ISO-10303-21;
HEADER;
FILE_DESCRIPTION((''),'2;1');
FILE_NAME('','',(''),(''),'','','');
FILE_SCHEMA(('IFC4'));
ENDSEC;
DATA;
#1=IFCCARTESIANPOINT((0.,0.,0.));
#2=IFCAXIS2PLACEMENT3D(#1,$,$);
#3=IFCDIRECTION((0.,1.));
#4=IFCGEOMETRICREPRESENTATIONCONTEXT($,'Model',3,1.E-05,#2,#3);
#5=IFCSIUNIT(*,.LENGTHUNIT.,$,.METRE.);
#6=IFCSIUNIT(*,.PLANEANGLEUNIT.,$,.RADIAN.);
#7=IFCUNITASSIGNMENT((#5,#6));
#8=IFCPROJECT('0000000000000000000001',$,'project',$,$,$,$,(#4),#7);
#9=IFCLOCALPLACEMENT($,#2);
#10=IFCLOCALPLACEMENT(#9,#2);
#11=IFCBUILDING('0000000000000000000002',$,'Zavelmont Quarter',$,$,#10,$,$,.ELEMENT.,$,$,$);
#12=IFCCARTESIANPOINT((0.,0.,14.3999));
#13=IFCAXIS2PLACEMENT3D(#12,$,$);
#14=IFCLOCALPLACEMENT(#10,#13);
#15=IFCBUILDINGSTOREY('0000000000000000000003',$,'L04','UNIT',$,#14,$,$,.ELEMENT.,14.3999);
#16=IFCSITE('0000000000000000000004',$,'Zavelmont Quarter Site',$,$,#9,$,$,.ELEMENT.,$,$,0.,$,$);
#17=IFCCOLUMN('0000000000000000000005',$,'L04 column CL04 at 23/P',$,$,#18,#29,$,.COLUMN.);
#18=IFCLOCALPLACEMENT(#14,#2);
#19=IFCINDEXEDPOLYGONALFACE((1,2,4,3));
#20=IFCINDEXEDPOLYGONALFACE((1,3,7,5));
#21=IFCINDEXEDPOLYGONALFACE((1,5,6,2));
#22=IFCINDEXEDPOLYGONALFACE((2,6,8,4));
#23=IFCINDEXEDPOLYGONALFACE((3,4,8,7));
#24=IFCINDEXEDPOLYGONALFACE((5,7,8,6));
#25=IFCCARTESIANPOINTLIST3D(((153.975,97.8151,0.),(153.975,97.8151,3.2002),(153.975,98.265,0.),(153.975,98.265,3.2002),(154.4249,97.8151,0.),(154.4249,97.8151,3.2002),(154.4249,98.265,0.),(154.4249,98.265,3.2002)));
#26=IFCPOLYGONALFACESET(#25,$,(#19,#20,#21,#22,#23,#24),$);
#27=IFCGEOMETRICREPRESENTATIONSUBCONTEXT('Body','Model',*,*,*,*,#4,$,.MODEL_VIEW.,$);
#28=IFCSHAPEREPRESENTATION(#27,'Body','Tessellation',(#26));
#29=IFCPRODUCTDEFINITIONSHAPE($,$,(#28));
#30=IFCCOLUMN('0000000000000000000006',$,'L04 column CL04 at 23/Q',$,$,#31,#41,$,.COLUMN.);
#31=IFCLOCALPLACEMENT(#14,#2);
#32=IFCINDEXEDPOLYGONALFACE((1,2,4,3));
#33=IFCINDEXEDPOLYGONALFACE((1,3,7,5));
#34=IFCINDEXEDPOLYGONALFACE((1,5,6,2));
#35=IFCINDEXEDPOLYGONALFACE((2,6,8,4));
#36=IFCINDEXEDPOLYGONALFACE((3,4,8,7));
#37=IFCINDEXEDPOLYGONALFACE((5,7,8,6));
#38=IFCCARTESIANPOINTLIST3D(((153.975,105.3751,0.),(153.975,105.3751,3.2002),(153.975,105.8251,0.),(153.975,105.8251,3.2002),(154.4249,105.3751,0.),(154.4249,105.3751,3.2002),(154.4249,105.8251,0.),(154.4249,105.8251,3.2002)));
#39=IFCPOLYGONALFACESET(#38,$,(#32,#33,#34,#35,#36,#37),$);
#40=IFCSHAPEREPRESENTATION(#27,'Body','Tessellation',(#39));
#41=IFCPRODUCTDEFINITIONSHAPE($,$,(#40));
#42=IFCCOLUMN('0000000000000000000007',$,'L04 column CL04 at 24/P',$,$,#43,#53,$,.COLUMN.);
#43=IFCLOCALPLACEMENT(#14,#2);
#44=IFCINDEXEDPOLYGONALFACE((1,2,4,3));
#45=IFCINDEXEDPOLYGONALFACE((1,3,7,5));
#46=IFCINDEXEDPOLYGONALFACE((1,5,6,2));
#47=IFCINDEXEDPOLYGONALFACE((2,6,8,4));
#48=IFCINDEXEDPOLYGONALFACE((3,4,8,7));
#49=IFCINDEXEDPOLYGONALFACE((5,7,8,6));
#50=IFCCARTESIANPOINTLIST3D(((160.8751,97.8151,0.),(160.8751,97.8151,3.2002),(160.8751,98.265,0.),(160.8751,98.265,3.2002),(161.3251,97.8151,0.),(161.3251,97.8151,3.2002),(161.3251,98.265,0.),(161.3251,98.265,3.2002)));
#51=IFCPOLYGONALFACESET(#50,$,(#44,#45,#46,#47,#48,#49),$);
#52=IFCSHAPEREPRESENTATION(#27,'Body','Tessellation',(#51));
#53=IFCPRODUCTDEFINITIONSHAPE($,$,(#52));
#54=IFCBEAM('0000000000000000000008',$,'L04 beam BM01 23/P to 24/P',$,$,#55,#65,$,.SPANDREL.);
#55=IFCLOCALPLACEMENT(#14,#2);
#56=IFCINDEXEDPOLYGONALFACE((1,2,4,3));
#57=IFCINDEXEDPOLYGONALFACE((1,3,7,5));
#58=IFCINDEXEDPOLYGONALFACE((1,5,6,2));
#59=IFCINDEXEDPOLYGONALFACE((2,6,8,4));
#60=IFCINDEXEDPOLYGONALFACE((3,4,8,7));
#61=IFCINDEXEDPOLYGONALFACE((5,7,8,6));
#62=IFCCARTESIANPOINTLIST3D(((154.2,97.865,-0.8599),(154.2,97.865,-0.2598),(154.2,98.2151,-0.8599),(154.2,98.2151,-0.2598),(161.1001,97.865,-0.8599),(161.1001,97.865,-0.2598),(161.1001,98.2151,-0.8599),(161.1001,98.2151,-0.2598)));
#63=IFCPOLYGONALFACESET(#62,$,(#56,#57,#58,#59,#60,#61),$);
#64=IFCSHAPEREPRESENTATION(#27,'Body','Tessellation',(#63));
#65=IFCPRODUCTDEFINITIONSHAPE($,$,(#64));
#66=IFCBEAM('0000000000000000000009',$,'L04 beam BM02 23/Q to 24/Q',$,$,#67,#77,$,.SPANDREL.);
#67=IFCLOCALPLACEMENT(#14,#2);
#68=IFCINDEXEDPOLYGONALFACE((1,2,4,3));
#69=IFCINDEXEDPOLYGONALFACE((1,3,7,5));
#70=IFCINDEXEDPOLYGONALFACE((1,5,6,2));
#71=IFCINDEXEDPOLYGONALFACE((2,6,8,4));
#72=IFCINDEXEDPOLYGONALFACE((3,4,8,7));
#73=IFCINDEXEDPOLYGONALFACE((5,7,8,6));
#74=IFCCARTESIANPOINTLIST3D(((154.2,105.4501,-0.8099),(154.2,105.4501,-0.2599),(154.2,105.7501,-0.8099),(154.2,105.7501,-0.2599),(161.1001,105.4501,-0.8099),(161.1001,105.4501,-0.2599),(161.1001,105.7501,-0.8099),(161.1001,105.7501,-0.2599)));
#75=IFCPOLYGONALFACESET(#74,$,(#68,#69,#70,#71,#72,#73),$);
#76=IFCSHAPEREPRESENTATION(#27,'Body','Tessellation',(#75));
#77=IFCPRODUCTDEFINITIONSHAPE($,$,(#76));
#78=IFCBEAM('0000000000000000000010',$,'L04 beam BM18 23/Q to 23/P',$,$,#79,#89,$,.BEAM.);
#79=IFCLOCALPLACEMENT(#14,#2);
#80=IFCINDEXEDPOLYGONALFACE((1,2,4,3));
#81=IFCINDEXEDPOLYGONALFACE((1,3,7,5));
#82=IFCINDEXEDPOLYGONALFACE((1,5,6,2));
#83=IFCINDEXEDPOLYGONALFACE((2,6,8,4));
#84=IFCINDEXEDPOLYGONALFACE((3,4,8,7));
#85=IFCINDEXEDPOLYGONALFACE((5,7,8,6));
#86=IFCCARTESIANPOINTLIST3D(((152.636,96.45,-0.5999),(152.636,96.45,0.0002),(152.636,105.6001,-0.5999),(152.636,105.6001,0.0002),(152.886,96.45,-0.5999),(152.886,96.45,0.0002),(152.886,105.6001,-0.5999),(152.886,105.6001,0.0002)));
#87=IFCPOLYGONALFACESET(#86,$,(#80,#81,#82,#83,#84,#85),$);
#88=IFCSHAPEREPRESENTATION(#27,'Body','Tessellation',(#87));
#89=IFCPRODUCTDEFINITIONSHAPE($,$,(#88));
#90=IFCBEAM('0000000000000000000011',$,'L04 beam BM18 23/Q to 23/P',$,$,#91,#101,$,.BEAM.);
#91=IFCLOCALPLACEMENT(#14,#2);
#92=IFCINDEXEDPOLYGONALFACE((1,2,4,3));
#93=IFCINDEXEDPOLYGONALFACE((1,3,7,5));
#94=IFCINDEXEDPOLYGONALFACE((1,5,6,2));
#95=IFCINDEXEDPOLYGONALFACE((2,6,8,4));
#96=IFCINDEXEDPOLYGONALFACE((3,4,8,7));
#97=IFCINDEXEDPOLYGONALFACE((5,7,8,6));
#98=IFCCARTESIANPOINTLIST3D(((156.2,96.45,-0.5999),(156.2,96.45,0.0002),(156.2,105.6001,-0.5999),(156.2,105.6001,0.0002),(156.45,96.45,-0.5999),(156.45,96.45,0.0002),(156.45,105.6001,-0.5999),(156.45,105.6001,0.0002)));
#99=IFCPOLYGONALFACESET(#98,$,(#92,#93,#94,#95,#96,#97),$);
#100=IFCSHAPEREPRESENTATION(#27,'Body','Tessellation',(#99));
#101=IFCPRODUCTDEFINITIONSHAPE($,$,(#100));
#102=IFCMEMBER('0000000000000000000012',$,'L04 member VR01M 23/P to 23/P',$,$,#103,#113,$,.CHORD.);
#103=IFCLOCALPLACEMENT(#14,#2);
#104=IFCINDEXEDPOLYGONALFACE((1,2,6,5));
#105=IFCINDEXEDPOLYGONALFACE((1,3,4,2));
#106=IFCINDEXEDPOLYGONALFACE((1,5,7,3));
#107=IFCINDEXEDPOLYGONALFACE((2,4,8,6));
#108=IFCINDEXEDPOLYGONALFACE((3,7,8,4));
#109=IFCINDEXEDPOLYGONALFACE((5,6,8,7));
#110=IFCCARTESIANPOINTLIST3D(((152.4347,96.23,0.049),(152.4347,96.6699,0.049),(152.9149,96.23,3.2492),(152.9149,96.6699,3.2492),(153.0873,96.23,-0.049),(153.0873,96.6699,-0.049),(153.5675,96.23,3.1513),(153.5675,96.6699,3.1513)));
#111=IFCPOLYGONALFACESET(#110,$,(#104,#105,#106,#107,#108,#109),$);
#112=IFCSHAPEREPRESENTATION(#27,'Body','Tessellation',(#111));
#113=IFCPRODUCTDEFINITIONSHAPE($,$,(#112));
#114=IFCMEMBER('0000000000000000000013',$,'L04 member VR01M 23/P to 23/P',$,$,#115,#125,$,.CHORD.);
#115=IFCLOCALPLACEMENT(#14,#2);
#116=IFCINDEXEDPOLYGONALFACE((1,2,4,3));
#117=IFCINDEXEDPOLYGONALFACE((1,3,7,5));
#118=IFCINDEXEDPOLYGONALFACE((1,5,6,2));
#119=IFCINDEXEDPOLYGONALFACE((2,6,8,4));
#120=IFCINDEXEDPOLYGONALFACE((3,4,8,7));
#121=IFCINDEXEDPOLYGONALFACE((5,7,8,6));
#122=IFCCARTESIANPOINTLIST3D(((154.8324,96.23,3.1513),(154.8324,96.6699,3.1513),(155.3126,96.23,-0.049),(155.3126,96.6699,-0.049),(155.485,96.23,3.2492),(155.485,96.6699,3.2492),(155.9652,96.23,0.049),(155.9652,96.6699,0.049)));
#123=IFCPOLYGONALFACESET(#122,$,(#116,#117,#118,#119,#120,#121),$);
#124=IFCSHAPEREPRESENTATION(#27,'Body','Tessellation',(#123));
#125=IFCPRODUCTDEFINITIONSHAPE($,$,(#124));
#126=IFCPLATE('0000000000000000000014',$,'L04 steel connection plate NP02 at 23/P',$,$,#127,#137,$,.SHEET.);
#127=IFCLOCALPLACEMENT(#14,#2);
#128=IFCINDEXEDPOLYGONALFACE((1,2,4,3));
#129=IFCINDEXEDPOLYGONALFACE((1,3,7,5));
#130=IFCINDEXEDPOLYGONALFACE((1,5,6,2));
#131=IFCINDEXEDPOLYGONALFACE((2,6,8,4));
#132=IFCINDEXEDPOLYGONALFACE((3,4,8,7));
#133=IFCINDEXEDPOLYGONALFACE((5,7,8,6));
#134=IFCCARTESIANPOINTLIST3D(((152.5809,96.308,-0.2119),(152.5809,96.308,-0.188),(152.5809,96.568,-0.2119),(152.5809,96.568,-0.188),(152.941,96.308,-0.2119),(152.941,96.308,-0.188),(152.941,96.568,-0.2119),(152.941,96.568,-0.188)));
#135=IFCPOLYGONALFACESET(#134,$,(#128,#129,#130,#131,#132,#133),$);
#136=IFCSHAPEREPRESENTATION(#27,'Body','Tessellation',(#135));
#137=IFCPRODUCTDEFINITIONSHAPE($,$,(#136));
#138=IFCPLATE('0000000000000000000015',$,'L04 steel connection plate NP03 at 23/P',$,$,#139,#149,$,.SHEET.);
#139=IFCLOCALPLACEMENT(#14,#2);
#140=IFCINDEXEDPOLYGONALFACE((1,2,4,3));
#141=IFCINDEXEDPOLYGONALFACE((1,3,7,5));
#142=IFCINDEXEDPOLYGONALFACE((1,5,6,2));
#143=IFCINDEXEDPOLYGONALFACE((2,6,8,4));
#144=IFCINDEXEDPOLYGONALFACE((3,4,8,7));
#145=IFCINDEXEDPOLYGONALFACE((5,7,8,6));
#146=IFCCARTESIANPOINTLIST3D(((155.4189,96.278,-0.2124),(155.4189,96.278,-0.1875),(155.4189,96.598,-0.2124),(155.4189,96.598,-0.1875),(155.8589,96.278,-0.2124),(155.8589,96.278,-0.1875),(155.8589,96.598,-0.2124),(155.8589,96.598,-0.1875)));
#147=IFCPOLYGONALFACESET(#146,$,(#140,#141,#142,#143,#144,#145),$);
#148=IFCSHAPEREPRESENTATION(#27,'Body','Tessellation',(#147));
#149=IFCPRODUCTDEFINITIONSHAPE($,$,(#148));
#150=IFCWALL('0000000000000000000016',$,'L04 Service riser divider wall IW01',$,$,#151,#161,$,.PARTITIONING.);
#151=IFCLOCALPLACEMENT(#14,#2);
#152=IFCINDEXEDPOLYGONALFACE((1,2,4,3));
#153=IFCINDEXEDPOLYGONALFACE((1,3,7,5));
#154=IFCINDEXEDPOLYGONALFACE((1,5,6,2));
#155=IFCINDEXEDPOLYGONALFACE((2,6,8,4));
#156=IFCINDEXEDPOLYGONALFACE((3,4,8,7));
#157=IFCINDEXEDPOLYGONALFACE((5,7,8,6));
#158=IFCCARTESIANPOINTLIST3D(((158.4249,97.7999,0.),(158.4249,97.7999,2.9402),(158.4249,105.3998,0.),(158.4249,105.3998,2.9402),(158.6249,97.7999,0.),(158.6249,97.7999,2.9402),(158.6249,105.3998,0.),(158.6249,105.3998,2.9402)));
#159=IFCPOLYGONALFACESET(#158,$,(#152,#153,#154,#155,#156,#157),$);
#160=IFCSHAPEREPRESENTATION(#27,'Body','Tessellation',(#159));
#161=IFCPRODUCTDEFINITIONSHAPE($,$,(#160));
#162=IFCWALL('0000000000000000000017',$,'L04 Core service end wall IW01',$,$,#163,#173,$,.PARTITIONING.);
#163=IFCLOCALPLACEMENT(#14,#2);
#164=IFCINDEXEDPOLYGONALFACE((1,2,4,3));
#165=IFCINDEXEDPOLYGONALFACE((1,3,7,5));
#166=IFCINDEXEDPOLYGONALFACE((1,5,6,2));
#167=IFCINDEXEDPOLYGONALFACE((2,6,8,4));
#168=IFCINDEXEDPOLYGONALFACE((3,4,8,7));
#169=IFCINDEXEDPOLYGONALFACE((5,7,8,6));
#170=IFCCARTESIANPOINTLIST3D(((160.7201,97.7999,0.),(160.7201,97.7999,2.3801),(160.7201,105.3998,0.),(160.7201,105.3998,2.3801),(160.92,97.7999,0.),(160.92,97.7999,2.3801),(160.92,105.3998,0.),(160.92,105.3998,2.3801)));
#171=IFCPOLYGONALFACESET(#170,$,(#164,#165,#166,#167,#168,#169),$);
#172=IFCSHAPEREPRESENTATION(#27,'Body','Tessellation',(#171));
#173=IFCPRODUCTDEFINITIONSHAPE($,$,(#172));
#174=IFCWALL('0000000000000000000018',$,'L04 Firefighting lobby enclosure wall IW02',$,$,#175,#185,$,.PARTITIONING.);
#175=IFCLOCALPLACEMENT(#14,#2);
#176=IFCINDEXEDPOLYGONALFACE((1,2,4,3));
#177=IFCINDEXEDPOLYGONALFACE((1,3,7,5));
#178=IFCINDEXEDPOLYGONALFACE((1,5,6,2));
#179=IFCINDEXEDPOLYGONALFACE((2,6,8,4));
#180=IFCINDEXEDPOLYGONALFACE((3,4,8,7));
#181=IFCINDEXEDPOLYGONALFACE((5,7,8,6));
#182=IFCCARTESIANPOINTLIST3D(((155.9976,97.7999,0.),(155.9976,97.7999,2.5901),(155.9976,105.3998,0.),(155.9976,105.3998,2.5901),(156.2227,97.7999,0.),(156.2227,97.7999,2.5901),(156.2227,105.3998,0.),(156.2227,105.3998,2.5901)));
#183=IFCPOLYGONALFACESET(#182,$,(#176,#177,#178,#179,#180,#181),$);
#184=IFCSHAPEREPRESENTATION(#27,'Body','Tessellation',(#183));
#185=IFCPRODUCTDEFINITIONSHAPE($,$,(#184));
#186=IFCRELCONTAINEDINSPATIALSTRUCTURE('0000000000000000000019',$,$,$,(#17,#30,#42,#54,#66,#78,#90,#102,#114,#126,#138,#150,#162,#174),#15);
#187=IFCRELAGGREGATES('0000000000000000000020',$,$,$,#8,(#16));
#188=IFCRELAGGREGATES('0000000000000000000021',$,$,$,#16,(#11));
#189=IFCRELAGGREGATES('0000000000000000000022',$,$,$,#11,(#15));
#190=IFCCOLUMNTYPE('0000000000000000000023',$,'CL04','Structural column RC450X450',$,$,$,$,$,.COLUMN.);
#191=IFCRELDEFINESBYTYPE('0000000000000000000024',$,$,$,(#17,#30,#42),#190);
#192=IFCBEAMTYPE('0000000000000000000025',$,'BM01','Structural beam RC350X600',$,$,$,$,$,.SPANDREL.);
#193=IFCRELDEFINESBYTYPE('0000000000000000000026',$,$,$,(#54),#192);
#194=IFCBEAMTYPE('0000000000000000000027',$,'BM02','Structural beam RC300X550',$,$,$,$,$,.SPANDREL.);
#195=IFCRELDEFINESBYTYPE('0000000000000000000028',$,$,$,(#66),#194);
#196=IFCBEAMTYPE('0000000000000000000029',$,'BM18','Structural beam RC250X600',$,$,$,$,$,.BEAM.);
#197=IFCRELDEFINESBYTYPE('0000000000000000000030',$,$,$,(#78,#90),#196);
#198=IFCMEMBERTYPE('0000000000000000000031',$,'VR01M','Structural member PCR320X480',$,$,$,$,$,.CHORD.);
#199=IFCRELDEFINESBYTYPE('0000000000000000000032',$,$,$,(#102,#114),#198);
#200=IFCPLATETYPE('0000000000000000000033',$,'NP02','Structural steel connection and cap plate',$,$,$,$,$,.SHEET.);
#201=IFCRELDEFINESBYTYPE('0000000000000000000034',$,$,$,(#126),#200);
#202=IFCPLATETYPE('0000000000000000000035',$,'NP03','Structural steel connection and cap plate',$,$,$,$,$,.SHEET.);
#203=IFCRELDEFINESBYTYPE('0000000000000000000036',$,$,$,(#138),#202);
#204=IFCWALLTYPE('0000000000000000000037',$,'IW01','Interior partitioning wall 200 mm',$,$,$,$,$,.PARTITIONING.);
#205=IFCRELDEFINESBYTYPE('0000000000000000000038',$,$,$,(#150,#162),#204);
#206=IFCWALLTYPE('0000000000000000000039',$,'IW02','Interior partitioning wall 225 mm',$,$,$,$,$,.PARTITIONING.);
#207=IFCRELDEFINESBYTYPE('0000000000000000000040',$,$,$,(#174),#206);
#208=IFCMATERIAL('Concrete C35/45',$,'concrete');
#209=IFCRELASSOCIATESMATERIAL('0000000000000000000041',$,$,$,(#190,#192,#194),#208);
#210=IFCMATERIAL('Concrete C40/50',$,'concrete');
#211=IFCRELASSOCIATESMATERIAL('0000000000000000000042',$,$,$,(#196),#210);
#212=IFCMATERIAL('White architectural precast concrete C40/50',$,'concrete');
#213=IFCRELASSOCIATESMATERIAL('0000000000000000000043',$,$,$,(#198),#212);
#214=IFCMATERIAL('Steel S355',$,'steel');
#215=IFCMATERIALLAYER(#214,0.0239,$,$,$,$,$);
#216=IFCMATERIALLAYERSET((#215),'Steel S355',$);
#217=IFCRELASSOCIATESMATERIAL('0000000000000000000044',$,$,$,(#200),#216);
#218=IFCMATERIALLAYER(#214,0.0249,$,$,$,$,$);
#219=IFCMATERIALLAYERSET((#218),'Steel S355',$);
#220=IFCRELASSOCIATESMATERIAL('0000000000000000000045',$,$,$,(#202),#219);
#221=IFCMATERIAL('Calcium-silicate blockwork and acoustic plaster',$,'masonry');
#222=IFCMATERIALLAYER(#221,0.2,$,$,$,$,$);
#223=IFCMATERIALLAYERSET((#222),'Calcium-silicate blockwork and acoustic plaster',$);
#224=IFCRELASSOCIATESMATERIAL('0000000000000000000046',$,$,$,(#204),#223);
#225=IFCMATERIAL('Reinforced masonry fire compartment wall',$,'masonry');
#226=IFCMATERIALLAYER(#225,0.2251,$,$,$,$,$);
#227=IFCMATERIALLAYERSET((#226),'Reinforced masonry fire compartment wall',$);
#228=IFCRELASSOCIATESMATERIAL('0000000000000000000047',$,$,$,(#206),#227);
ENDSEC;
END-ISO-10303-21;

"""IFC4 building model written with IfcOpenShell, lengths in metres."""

from ifc_helpers import new_model, si_unit, direction, frame, frame_2d, origin, origin_2d, place, context, subcontext, project, spatial, rectangle, extrude, material, layer, layer_set, material_profile, profile_set, type_object, element, save


model = new_model("IFC4")

# Units and contexts
model_context = context("Model", 3, precision=1e-05, world=origin(), true_north=direction((0.0, 1.0)))
body_context = subcontext(model_context, "Body", "Model", "MODEL_VIEW")
ifc_project = project(units=[si_unit("LENGTHUNIT", "METRE"), si_unit("PLANEANGLEUNIT", "RADIAN")], contexts=[model_context])

# Site, building, storey
site_placement = place(None, origin())
site = spatial("IfcSite", under=ifc_project, at=site_placement, Name="Zavelmont Quarter Site", CompositionType="ELEMENT", RefElevation=0.0)
building_placement = place(site_placement, origin())
building = spatial("IfcBuilding", under=site, at=building_placement, Name="Zavelmont Quarter", CompositionType="ELEMENT")
storey_placement = place(building_placement, frame((0.0, 0.0, 14.3999)))
storey = spatial("IfcBuildingStorey", under=building, at=storey_placement, Name="L04", Description="UNIT", CompositionType="ELEMENT", Elevation=14.3999)

# Columns
ifc_material_1 = material(Name="Concrete C35/45", Category="concrete")
ifc_material_profile_1 = material_profile(ifc_material_1, rectangle(XDim=0.45, YDim=0.45, at=origin_2d()), Name="RC450X450")
ifc_profile_set_1 = profile_set([ifc_material_profile_1], Name="Concrete C35/45")
column_type = type_object("IfcColumnType", Name="CL04", Description="Structural column RC450X450", PredefinedType="COLUMN", material=ifc_profile_set_1)
for number, where, z_axis, x_axis, name in (
    (1, (154.2, 98.04, 0.0), (0.0, 0.0, 1.0), (1.0, 0.0, 0.0), "L04 column CL04 at 23/P"),
    (2, (154.2, 105.6001, 0.0), (0.0, 0.0, 1.0), (1.0, 0.0, 0.0), "L04 column CL04 at 23/Q"),
    (3, (161.1001, 98.04, 0.0), (0.0, 0.0, 1.0), (1.0, 0.0, 0.0), "L04 column CL04 at 24/P"),
):
    element("IfcColumn", number, at=place(storey_placement, frame(where, z_axis=z_axis, x_axis=x_axis)), inside=storey, type_object=column_type, Name=name, PredefinedType="COLUMN", context=body_context, shape_type="SweptSolid", body=[
        extrude(rectangle(XDim=0.45, YDim=0.45, at=origin_2d()), origin(), (0.0, 0.0, 1.0), 3.2002),
    ])

# Beams
ifc_material_profile_2 = material_profile(ifc_material_1, rectangle(XDim=0.3501, YDim=0.6001, at=origin_2d()), Name="RC350X600")
ifc_profile_set_2 = profile_set([ifc_material_profile_2], Name="Concrete C35/45")
beam_type_1 = type_object("IfcBeamType", Name="BM01", Description="Structural beam RC350X600", PredefinedType="SPANDREL", material=ifc_profile_set_2)
beam_1_placement = place(storey_placement, frame((154.2, 98.04, -0.5598), z_axis=(1.0, 0.0, 0.0), x_axis=(0.0, 1.0, 0.0)))
element("IfcBeam", 4, at=beam_1_placement, inside=storey, type_object=beam_type_1, Name="L04 beam BM01 23/P to 24/P", PredefinedType="SPANDREL", context=body_context, shape_type="SweptSolid", body=[
    extrude(rectangle(XDim=0.3501, YDim=0.6001, at=origin_2d()), origin(), (0.0, 0.0, 1.0), 6.9001),
])
ifc_material_profile_3 = material_profile(ifc_material_1, rectangle(XDim=0.3, YDim=0.55, at=origin_2d()), Name="RC300X550")
ifc_profile_set_3 = profile_set([ifc_material_profile_3], Name="Concrete C35/45")
beam_type_2 = type_object("IfcBeamType", Name="BM02", Description="Structural beam RC300X550", PredefinedType="SPANDREL", material=ifc_profile_set_3)
beam_2_placement = place(storey_placement, frame((154.2, 105.6001, -0.5349), z_axis=(1.0, 0.0, 0.0), x_axis=(0.0, 1.0, 0.0)))
element("IfcBeam", 5, at=beam_2_placement, inside=storey, type_object=beam_type_2, Name="L04 beam BM02 23/Q to 24/Q", PredefinedType="SPANDREL", context=body_context, shape_type="SweptSolid", body=[
    extrude(rectangle(XDim=0.3, YDim=0.55, at=origin_2d()), origin(), (0.0, 0.0, 1.0), 6.9001),
])
ifc_material_2 = material(Name="Concrete C40/50", Category="concrete")
ifc_material_profile_4 = material_profile(ifc_material_2, rectangle(XDim=0.25, YDim=0.6001, at=origin_2d()), Name="RC250X600")
ifc_profile_set_4 = profile_set([ifc_material_profile_4], Name="Concrete C40/50")
beam_type_3 = type_object("IfcBeamType", Name="BM18", Description="Structural beam RC250X600", PredefinedType="BEAM", material=ifc_profile_set_4)
for number, where, z_axis, x_axis, name in (
    (6, (152.761, 105.6001, -0.2998), (0.0, -1.0, 0.0), (1.0, 0.0, 0.0), "L04 beam BM18 23/Q to 23/P"),
    (7, (156.325, 105.6001, -0.2998), (0.0, -1.0, 0.0), (1.0, 0.0, 0.0), "L04 beam BM18 23/Q to 23/P"),
):
    element("IfcBeam", number, at=place(storey_placement, frame(where, z_axis=z_axis, x_axis=x_axis)), inside=storey, type_object=beam_type_3, Name=name, PredefinedType="BEAM", context=body_context, shape_type="SweptSolid", body=[
        extrude(rectangle(XDim=0.25, YDim=0.6001, at=origin_2d()), origin(), (0.0, 0.0, 1.0), 9.1501),
    ])

# Members
ifc_material_3 = material(Name="White architectural precast concrete C40/50", Category="concrete")
ifc_material_profile_5 = material_profile(ifc_material_3, rectangle(XDim=0.4399, YDim=0.6599, at=origin_2d()), Name="PCR320X480")
ifc_profile_set_5 = profile_set([ifc_material_profile_5], Name="White architectural precast concrete C40/50")
member_type = type_object("IfcMemberType", Name="VR01M", Description="Structural member PCR320X480", PredefinedType="CHORD", material=ifc_profile_set_5)
for number, where, z_axis, x_axis, name in (
    (8, (152.761, 96.45, 0.0), (0.148399, 0.0, 0.988927), (0.0, 1.0, 0.0), "L04 member VR01M 23/P to 23/P"),
    (9, (155.6389, 96.45, 0.0), (-0.148399, 0.0, 0.988927), (0.0, -1.0, 0.0), "L04 member VR01M 23/P to 23/P"),
):
    element("IfcMember", number, at=place(storey_placement, frame(where, z_axis=z_axis, x_axis=x_axis)), inside=storey, type_object=member_type, Name=name, PredefinedType="CHORD", context=body_context, shape_type="SweptSolid", body=[
        extrude(rectangle(XDim=0.4399, YDim=0.6599, at=origin_2d()), origin(), (0.0, 0.0, 1.0), 3.2361),
    ])

# Plates
ifc_material_4 = material(Name="Steel S355", Category="steel")
ifc_layer_1 = layer(ifc_material_4, 0.0239)
ifc_layer_set_1 = layer_set([ifc_layer_1], Name="Steel S355")
plate_type_1 = type_object("IfcPlateType", Name="NP02", Description="Structural steel connection and cap plate", PredefinedType="SHEET", material=ifc_layer_set_1)
plate_1_placement = place(storey_placement, frame((152.761, 96.438, -0.2119), z_axis=(0.0, 0.0, 1.0), x_axis=(1.0, 0.0, 0.0)))
element("IfcPlate", 10, at=plate_1_placement, inside=storey, type_object=plate_type_1, Name="L04 steel connection plate NP02 at 23/P", PredefinedType="SHEET", context=body_context, shape_type="SweptSolid", body=[
    extrude(rectangle(XDim=0.3601, YDim=0.26, at=origin_2d()), origin(), (0.0, 0.0, 1.0), 0.0239),
])
ifc_layer_2 = layer(ifc_material_4, 0.0249)
ifc_layer_set_2 = layer_set([ifc_layer_2], Name="Steel S355")
plate_type_2 = type_object("IfcPlateType", Name="NP03", Description="Structural steel connection and cap plate", PredefinedType="SHEET", material=ifc_layer_set_2)
plate_2_placement = place(storey_placement, frame((155.6389, 96.438, -0.2124), z_axis=(0.0, 0.0, 1.0), x_axis=(1.0, 0.0, 0.0)))
element("IfcPlate", 11, at=plate_2_placement, inside=storey, type_object=plate_type_2, Name="L04 steel connection plate NP03 at 23/P", PredefinedType="SHEET", context=body_context, shape_type="SweptSolid", body=[
    extrude(rectangle(XDim=0.4399, YDim=0.3201, at=origin_2d()), origin(), (0.0, 0.0, 1.0), 0.0249),
])

# Walls
ifc_material_5 = material(Name="Calcium-silicate blockwork and acoustic plaster", Category="masonry")
ifc_layer_3 = layer(ifc_material_5, 0.2)
ifc_layer_set_3 = layer_set([ifc_layer_3], Name="Calcium-silicate blockwork and acoustic plaster")
wall_type_1 = type_object("IfcWallType", Name="IW01", Description="Interior partitioning wall 200 mm", PredefinedType="PARTITIONING", material=ifc_layer_set_3)
wall_1_placement = place(storey_placement, frame((158.5249, 97.8, 0.0), z_axis=(0.0, 0.0, 1.0), x_axis=(0.0, 1.0, 0.0)))
element("IfcWall", 12, at=wall_1_placement, inside=storey, type_object=wall_type_1, Name="L04 Service riser divider wall IW01", PredefinedType="PARTITIONING", context=body_context, shape_type="SweptSolid", body=[
    extrude(rectangle(XDim=7.5999, YDim=0.2, at=frame_2d((3.7998, 0.0))), origin(), (0.0, 0.0, 1.0), 2.9402),
])
wall_2_placement = place(storey_placement, frame((160.8201, 97.8, 0.0), z_axis=(0.0, 0.0, 1.0), x_axis=(0.0, 1.0, 0.0)))
element("IfcWall", 13, at=wall_2_placement, inside=storey, type_object=wall_type_1, Name="L04 Core service end wall IW01", PredefinedType="PARTITIONING", context=body_context, shape_type="SweptSolid", body=[
    extrude(rectangle(XDim=7.5999, YDim=0.2, at=frame_2d((3.7998, 0.0))), origin(), (0.0, 0.0, 1.0), 2.3801),
])
ifc_material_6 = material(Name="Reinforced masonry fire compartment wall", Category="masonry")
ifc_layer_4 = layer(ifc_material_6, 0.2251)
ifc_layer_set_4 = layer_set([ifc_layer_4], Name="Reinforced masonry fire compartment wall")
wall_type_2 = type_object("IfcWallType", Name="IW02", Description="Interior partitioning wall 225 mm", PredefinedType="PARTITIONING", material=ifc_layer_set_4)
wall_3_placement = place(storey_placement, frame((156.1101, 97.8, 0.0), z_axis=(0.0, 0.0, 1.0), x_axis=(0.0, 1.0, 0.0)))
element("IfcWall", 14, at=wall_3_placement, inside=storey, type_object=wall_type_2, Name="L04 Firefighting lobby enclosure wall IW02", PredefinedType="PARTITIONING", context=body_context, shape_type="SweptSolid", body=[
    extrude(rectangle(XDim=7.5999, YDim=0.2251, at=frame_2d((3.7998, 0.0))), origin(), (0.0, 0.0, 1.0), 2.5901),
])

save(model, "model.ifc")
